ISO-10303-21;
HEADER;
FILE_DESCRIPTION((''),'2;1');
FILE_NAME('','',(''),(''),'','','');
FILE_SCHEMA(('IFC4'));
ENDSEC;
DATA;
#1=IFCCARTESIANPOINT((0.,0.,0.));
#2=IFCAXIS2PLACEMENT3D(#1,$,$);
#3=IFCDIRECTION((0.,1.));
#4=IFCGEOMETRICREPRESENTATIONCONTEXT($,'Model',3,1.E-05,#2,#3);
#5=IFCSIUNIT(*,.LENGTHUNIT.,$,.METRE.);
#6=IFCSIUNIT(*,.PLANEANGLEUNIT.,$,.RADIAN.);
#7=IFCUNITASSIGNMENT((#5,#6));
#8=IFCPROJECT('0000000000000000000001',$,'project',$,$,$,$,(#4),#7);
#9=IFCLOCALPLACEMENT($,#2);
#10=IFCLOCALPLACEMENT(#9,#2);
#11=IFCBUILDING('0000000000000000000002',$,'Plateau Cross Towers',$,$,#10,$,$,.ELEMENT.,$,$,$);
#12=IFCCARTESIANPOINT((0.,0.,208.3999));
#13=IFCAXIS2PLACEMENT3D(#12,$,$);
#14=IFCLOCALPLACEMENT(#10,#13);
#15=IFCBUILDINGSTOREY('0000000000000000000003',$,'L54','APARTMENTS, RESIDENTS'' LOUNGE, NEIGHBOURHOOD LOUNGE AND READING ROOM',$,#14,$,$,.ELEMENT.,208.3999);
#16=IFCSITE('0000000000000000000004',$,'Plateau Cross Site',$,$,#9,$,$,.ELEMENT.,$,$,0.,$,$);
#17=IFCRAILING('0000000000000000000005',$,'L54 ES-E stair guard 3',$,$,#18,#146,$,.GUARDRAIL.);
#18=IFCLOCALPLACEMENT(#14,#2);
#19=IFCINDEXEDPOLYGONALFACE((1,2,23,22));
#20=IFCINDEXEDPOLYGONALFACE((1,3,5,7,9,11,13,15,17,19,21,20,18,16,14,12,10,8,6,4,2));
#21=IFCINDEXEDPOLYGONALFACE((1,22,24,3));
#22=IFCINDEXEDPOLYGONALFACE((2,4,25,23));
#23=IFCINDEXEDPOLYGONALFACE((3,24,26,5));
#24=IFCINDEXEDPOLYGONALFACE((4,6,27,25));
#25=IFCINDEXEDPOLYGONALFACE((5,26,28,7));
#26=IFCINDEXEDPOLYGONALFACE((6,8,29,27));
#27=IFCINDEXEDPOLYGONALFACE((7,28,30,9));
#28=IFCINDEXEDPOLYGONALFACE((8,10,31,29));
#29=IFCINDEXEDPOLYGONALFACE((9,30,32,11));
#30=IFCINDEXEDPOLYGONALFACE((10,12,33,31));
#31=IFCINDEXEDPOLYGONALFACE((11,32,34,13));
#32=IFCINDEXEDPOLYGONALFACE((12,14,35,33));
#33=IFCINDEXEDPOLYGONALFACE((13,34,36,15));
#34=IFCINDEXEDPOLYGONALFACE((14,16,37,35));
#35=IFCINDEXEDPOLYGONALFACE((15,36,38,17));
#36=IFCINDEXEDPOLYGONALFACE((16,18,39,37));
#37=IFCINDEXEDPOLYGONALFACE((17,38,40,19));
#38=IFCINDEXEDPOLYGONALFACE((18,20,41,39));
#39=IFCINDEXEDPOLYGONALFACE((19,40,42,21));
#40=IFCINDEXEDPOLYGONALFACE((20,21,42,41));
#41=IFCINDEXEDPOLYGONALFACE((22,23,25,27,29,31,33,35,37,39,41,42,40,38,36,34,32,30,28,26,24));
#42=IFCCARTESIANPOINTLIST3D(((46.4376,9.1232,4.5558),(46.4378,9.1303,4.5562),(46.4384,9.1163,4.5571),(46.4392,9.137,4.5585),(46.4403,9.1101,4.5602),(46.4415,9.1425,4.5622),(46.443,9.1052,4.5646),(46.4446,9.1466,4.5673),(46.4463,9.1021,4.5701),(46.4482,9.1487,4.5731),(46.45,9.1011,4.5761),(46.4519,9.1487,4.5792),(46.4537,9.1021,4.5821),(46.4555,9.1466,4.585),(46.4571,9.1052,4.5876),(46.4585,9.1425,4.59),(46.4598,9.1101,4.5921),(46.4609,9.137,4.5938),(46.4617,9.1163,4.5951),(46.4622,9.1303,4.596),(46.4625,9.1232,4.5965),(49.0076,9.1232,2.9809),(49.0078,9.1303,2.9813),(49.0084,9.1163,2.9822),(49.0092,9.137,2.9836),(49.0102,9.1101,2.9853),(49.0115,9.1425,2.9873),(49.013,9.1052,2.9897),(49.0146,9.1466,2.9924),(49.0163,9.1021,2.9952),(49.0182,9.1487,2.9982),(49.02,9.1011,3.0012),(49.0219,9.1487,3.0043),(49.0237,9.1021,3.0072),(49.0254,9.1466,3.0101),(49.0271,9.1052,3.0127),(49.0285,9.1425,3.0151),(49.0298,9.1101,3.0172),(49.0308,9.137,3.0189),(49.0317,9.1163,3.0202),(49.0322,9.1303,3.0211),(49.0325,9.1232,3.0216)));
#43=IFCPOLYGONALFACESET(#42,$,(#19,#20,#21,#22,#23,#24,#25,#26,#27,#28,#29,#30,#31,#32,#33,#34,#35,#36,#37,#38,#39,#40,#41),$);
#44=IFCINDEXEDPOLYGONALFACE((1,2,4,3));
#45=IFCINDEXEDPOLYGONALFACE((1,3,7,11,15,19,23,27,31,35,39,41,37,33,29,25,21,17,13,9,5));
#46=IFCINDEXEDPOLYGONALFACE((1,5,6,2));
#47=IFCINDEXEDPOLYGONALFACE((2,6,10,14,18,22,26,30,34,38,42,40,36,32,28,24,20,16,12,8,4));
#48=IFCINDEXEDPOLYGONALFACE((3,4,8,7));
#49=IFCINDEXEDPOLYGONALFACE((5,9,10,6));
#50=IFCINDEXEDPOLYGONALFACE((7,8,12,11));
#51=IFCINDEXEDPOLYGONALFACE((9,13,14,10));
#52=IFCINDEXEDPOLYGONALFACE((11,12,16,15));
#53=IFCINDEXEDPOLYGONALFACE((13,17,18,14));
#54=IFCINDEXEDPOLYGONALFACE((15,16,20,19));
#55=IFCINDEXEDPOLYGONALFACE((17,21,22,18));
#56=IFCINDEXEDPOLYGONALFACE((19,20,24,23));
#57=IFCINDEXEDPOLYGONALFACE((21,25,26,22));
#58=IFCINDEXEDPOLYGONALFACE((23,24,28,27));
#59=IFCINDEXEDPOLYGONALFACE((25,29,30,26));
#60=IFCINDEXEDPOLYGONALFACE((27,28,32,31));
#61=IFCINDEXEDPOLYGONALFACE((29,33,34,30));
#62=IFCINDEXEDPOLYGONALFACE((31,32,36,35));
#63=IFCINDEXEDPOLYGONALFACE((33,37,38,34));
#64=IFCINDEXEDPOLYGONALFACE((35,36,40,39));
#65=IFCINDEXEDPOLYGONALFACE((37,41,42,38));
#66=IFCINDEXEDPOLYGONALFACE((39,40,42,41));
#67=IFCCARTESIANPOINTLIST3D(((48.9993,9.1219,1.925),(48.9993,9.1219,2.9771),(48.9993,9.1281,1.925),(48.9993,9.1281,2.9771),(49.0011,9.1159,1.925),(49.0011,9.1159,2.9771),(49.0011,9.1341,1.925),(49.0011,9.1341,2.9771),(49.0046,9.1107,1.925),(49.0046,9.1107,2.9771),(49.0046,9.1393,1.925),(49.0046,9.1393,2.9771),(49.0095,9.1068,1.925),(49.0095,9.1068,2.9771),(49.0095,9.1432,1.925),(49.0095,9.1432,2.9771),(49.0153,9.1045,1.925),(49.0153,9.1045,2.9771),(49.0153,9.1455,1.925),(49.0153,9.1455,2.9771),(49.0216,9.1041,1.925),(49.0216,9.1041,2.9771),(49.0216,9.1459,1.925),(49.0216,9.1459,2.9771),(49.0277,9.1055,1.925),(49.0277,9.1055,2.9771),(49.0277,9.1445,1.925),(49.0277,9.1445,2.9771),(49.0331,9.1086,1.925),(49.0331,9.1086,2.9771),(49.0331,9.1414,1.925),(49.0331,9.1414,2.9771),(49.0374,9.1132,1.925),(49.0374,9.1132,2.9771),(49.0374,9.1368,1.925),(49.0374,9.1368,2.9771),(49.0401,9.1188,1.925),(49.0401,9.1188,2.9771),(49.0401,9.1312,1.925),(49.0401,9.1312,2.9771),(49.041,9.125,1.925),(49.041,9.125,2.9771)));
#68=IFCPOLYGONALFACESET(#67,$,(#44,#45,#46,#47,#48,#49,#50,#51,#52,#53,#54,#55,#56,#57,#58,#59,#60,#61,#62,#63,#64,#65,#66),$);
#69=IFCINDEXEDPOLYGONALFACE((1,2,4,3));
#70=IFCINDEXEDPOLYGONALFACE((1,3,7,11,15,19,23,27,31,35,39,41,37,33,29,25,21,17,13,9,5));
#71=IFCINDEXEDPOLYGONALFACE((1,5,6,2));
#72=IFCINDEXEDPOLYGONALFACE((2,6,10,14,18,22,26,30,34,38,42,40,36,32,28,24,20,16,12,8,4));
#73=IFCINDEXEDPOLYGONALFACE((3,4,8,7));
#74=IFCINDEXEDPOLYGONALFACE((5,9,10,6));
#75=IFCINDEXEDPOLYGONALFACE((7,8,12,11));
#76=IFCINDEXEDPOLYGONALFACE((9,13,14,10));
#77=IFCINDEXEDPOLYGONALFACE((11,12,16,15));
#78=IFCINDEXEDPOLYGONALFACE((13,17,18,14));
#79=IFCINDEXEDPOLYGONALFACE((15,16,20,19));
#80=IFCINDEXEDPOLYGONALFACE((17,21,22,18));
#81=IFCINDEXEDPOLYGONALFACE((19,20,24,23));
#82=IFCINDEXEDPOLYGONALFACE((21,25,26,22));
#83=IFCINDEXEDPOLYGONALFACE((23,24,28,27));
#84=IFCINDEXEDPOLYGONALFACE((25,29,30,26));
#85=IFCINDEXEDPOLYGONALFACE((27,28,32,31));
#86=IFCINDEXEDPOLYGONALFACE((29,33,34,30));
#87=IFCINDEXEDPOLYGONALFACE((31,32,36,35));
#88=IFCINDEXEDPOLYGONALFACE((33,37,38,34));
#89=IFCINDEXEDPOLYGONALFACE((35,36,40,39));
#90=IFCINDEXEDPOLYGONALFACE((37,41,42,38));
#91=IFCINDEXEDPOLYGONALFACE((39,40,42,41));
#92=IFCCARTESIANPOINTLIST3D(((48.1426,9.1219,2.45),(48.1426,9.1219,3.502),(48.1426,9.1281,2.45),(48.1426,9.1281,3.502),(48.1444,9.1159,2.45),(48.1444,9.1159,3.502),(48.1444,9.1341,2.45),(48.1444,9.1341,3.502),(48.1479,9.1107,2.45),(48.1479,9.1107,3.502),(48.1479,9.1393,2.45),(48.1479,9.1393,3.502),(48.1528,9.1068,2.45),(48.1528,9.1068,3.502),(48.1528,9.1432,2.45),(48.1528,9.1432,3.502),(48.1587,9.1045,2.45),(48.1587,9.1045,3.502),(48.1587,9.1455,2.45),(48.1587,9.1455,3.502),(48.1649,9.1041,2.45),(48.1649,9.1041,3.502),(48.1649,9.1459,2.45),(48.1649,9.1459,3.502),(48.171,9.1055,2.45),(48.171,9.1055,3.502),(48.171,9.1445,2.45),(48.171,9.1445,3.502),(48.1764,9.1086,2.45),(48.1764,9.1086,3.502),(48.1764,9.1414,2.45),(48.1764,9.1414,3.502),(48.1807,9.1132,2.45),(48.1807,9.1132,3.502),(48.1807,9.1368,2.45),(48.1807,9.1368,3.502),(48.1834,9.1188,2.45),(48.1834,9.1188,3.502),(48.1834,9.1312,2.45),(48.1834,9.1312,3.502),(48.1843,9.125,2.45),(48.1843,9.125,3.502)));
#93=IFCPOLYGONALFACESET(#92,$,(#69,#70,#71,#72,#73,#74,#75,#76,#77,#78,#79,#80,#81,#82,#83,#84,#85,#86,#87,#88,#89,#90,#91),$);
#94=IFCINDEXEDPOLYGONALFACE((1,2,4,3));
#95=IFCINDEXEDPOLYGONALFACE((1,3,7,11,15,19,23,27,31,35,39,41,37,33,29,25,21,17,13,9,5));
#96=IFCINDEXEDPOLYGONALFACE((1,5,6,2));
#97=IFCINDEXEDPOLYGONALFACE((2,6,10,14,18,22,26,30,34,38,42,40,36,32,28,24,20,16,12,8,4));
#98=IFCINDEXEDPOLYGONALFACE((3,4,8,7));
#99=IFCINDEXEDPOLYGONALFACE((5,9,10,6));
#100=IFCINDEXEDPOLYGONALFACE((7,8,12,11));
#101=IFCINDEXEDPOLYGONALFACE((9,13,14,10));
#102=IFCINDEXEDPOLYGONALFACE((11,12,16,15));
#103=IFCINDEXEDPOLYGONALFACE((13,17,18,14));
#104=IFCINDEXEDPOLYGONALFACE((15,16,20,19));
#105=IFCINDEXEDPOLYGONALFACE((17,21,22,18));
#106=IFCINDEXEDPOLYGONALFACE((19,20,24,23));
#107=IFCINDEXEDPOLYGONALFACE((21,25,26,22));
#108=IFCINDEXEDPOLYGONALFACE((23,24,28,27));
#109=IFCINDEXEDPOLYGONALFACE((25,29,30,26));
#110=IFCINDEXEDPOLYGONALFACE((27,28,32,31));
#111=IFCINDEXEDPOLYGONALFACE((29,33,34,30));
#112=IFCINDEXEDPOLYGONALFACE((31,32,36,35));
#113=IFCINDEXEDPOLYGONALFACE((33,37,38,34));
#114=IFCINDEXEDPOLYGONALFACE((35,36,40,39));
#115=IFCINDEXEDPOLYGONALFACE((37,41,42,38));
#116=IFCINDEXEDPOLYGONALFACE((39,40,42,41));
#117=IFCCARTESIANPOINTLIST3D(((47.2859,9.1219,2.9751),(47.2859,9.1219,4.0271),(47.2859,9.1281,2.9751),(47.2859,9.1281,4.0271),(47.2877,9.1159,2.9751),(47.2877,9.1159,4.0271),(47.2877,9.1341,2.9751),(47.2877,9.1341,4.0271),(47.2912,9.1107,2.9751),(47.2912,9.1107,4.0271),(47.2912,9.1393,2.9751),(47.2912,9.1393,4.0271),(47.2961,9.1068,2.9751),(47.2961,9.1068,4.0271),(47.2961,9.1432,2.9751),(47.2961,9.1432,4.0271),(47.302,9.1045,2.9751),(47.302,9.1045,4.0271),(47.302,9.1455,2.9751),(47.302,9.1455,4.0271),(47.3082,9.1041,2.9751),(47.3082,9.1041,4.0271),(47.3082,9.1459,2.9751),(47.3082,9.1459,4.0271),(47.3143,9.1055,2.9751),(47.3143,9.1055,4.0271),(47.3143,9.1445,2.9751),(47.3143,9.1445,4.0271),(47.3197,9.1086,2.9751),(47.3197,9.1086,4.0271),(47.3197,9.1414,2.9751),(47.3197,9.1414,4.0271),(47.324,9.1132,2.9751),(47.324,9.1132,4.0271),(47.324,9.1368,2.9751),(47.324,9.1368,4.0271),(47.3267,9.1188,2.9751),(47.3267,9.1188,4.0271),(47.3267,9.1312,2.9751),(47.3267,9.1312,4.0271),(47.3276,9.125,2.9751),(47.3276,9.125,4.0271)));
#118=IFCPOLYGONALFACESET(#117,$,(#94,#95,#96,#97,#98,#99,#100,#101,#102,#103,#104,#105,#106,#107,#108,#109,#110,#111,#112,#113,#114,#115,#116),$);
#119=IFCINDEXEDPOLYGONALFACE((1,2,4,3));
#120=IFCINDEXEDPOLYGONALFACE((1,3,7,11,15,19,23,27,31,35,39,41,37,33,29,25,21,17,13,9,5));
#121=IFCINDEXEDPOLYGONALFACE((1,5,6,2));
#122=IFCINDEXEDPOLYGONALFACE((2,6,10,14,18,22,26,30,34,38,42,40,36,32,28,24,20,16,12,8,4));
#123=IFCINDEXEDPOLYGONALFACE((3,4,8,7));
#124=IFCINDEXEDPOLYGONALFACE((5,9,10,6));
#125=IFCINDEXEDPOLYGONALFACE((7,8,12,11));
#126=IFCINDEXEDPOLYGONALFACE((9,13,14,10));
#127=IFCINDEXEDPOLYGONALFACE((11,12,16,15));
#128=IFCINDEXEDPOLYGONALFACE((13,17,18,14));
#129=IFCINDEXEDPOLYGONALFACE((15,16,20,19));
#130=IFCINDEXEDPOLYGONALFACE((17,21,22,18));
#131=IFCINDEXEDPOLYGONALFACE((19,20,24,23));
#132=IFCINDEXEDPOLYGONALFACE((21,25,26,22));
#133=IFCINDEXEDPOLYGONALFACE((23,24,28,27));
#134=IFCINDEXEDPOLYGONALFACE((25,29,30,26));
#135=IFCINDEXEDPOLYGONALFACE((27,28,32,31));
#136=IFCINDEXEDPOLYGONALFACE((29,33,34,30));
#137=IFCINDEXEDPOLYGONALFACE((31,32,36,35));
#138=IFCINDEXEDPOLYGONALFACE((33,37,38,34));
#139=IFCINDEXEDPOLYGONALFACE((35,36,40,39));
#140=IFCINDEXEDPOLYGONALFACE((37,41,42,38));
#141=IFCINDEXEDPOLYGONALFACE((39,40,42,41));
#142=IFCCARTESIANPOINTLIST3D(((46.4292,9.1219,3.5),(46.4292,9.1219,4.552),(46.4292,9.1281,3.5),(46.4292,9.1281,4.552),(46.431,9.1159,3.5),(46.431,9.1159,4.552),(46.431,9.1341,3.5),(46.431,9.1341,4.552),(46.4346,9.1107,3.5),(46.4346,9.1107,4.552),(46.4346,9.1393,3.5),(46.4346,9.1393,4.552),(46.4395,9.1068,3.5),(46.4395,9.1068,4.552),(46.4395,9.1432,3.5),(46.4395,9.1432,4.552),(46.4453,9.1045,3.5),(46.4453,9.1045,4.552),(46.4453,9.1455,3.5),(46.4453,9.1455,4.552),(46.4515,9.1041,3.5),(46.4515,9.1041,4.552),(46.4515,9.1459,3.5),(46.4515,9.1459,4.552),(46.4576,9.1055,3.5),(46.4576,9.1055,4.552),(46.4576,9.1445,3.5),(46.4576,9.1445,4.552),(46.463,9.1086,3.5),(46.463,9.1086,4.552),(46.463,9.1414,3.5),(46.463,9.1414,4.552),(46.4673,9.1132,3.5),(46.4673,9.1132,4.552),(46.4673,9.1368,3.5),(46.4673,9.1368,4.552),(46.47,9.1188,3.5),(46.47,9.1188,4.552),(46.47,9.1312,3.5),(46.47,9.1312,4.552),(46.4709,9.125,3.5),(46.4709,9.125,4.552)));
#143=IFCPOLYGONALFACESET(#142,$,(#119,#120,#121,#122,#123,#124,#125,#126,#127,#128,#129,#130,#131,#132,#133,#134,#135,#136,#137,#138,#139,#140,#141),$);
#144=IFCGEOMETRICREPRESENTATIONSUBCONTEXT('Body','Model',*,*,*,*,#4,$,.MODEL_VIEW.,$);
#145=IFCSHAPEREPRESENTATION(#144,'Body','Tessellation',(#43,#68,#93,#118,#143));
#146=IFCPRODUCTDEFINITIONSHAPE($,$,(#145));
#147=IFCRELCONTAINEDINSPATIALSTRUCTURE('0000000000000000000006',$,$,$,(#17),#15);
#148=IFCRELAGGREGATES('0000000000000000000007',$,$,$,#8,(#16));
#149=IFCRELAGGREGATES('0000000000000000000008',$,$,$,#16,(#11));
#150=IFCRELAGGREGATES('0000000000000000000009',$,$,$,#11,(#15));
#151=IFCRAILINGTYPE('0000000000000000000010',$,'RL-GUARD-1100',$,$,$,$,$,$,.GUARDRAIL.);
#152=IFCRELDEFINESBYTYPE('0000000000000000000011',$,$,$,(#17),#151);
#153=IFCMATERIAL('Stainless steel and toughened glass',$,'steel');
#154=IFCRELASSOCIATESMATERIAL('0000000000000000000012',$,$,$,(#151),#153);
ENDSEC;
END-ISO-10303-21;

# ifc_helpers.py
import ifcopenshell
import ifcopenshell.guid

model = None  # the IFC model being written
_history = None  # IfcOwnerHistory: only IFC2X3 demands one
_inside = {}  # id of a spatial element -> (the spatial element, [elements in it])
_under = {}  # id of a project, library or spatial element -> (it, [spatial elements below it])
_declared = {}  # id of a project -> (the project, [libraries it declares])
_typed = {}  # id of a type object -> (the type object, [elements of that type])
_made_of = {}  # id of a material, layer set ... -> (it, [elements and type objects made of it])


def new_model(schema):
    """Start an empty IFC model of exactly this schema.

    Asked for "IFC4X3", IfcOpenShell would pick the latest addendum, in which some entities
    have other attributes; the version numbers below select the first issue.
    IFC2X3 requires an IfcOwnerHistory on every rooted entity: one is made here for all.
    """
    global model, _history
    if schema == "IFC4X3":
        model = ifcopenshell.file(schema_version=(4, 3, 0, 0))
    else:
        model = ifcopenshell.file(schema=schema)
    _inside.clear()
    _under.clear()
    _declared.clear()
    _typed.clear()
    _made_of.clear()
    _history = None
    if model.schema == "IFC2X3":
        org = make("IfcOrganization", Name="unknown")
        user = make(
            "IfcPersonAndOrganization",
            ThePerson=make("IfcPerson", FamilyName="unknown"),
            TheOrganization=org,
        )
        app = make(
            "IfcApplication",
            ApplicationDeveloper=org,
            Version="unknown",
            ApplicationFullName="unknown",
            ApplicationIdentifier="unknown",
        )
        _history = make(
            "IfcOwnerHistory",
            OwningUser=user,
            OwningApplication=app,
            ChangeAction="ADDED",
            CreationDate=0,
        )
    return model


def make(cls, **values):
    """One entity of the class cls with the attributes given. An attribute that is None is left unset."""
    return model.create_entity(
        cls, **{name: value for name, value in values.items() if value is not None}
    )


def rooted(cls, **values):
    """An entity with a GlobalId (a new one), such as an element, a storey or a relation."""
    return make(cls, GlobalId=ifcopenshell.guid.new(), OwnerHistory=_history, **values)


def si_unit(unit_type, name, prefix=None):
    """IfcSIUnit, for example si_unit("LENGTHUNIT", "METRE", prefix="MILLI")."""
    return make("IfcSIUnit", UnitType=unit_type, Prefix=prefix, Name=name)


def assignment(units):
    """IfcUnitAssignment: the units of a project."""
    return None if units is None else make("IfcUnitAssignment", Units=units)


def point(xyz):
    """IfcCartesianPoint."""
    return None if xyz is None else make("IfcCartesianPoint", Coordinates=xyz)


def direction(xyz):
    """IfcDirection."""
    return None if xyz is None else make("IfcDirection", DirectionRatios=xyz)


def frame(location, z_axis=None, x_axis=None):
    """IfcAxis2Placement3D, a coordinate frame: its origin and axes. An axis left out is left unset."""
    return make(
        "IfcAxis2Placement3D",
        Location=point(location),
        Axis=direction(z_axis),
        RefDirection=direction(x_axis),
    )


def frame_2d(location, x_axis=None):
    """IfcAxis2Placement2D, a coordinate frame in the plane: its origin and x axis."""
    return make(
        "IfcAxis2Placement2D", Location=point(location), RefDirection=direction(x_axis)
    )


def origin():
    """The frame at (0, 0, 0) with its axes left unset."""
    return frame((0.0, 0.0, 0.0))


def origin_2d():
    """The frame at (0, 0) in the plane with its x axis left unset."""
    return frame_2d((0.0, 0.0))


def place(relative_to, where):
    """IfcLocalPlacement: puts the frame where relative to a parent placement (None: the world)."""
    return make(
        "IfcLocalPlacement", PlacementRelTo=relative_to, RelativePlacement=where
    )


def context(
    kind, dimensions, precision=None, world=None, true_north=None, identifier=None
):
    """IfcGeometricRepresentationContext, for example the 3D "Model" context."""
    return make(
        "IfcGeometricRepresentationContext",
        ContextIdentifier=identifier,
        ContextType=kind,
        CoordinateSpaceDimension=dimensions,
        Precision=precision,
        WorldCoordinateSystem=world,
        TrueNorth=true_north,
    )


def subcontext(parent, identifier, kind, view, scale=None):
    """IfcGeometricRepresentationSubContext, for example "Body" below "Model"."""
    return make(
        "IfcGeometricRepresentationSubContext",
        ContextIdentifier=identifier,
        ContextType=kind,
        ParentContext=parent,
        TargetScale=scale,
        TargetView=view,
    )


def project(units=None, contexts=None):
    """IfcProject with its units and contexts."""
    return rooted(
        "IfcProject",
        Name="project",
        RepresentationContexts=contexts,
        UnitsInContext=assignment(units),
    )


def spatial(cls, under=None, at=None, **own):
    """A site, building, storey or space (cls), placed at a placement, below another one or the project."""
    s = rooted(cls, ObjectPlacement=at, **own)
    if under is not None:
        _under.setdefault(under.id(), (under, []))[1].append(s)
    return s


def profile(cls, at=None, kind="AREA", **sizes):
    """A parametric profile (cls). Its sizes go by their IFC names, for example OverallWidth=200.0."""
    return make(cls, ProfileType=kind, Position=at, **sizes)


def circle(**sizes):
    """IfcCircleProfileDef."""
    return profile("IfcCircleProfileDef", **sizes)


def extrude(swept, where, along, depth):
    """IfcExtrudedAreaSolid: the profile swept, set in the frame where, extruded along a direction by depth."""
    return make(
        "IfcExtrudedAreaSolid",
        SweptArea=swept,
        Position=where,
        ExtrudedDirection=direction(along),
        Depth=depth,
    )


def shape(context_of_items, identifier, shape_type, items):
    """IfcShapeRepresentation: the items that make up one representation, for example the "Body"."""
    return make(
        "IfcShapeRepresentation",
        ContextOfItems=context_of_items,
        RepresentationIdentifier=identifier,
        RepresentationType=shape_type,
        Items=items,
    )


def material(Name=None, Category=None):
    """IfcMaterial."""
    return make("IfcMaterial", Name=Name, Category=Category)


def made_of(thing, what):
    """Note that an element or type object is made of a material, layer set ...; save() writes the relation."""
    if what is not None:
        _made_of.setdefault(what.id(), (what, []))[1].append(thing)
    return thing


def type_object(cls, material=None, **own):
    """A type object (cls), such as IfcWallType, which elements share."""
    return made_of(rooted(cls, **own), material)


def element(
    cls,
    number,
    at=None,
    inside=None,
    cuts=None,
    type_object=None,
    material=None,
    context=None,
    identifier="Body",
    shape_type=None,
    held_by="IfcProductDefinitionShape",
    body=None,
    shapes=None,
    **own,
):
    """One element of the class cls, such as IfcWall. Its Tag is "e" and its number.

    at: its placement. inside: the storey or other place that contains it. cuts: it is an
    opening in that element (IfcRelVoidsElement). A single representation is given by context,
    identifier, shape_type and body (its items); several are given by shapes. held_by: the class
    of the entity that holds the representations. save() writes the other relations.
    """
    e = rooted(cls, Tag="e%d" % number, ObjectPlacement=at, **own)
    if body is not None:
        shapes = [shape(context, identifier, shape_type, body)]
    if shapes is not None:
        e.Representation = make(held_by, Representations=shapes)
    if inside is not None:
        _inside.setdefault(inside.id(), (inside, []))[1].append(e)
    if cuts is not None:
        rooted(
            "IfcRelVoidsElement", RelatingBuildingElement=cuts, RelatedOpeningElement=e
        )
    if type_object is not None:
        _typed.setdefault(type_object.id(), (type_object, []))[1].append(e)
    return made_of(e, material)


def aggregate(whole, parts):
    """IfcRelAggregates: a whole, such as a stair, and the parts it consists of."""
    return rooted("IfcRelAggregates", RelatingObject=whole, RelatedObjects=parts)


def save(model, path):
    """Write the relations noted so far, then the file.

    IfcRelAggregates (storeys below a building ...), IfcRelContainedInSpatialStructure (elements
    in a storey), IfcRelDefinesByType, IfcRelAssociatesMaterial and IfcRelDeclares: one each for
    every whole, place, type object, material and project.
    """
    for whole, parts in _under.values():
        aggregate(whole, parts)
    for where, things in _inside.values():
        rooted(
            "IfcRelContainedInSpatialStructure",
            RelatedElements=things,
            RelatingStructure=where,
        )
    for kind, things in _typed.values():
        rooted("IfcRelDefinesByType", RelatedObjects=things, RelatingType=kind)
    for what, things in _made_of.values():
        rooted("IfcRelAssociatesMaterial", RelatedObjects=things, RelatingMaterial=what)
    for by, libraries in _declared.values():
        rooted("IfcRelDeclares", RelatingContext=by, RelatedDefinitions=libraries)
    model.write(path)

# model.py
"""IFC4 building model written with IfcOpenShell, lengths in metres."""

from ifc_helpers import new_model, si_unit, direction, frame, origin, origin_2d, place, context, subcontext, project, spatial, circle, extrude, material, type_object, element, save


model = new_model("IFC4")

# Units and contexts
model_context = context("Model", 3, precision=1e-05, world=origin(), true_north=direction((0.0, 1.0)))
body_context = subcontext(model_context, "Body", "Model", "MODEL_VIEW")
ifc_project = project(units=[si_unit("LENGTHUNIT", "METRE"), si_unit("PLANEANGLEUNIT", "RADIAN")], contexts=[model_context])

# Site, building, storey
site_placement = place(None, origin())
site = spatial("IfcSite", under=ifc_project, at=site_placement, Name="Plateau Cross Site", CompositionType="ELEMENT", RefElevation=0.0)
building_placement = place(site_placement, origin())
building = spatial("IfcBuilding", under=site, at=building_placement, Name="Plateau Cross Towers", CompositionType="ELEMENT")
storey_placement = place(building_placement, frame((0.0, 0.0, 208.3999)))
storey = spatial("IfcBuildingStorey", under=building, at=storey_placement, Name="L54", Description="APARTMENTS, RESIDENTS' LOUNGE, NEIGHBOURHOOD LOUNGE AND READING ROOM", CompositionType="ELEMENT", Elevation=208.3999)

# Railing
ifc_material_1 = material(Name="Stainless steel and toughened glass", Category="steel")
railing_type_1 = type_object("IfcRailingType", Name="RL-GUARD-1100", PredefinedType="GUARDRAIL", material=ifc_material_1)
railing_1_placement = place(storey_placement, frame((49.02, 9.125, 1.925)))
element("IfcRailing", 1, at=railing_1_placement, inside=storey, type_object=railing_type_1, Name="L54 ES-E stair guard 3", PredefinedType="GUARDRAIL", context=body_context, shape_type="SweptSolid", body=[
    extrude(circle(Radius=0.0239, at=origin_2d()), frame((0.0, 0.0, 1.0762), z_axis=(-0.852639, 0.0, 0.522501), x_axis=(0.0, -1.0, 0.0)), (0.0, 0.0, 1.0), 3.0142),
    extrude(circle(Radius=0.021, at=origin_2d()), origin(), (0.0, 0.0, 1.0), 1.052),
    extrude(circle(Radius=0.021, at=origin_2d()), frame((-0.8567, 0.0, 0.5249)), (0.0, 0.0, 1.0), 1.052),
    extrude(circle(Radius=0.021, at=origin_2d()), frame((-1.7134, 0.0, 1.05)), (0.0, 0.0, 1.0), 1.052),
    extrude(circle(Radius=0.021, at=origin_2d()), frame((-2.5701, 0.0, 1.575)), (0.0, 0.0, 1.0), 1.052),
])

save(model, "model.ifc")
